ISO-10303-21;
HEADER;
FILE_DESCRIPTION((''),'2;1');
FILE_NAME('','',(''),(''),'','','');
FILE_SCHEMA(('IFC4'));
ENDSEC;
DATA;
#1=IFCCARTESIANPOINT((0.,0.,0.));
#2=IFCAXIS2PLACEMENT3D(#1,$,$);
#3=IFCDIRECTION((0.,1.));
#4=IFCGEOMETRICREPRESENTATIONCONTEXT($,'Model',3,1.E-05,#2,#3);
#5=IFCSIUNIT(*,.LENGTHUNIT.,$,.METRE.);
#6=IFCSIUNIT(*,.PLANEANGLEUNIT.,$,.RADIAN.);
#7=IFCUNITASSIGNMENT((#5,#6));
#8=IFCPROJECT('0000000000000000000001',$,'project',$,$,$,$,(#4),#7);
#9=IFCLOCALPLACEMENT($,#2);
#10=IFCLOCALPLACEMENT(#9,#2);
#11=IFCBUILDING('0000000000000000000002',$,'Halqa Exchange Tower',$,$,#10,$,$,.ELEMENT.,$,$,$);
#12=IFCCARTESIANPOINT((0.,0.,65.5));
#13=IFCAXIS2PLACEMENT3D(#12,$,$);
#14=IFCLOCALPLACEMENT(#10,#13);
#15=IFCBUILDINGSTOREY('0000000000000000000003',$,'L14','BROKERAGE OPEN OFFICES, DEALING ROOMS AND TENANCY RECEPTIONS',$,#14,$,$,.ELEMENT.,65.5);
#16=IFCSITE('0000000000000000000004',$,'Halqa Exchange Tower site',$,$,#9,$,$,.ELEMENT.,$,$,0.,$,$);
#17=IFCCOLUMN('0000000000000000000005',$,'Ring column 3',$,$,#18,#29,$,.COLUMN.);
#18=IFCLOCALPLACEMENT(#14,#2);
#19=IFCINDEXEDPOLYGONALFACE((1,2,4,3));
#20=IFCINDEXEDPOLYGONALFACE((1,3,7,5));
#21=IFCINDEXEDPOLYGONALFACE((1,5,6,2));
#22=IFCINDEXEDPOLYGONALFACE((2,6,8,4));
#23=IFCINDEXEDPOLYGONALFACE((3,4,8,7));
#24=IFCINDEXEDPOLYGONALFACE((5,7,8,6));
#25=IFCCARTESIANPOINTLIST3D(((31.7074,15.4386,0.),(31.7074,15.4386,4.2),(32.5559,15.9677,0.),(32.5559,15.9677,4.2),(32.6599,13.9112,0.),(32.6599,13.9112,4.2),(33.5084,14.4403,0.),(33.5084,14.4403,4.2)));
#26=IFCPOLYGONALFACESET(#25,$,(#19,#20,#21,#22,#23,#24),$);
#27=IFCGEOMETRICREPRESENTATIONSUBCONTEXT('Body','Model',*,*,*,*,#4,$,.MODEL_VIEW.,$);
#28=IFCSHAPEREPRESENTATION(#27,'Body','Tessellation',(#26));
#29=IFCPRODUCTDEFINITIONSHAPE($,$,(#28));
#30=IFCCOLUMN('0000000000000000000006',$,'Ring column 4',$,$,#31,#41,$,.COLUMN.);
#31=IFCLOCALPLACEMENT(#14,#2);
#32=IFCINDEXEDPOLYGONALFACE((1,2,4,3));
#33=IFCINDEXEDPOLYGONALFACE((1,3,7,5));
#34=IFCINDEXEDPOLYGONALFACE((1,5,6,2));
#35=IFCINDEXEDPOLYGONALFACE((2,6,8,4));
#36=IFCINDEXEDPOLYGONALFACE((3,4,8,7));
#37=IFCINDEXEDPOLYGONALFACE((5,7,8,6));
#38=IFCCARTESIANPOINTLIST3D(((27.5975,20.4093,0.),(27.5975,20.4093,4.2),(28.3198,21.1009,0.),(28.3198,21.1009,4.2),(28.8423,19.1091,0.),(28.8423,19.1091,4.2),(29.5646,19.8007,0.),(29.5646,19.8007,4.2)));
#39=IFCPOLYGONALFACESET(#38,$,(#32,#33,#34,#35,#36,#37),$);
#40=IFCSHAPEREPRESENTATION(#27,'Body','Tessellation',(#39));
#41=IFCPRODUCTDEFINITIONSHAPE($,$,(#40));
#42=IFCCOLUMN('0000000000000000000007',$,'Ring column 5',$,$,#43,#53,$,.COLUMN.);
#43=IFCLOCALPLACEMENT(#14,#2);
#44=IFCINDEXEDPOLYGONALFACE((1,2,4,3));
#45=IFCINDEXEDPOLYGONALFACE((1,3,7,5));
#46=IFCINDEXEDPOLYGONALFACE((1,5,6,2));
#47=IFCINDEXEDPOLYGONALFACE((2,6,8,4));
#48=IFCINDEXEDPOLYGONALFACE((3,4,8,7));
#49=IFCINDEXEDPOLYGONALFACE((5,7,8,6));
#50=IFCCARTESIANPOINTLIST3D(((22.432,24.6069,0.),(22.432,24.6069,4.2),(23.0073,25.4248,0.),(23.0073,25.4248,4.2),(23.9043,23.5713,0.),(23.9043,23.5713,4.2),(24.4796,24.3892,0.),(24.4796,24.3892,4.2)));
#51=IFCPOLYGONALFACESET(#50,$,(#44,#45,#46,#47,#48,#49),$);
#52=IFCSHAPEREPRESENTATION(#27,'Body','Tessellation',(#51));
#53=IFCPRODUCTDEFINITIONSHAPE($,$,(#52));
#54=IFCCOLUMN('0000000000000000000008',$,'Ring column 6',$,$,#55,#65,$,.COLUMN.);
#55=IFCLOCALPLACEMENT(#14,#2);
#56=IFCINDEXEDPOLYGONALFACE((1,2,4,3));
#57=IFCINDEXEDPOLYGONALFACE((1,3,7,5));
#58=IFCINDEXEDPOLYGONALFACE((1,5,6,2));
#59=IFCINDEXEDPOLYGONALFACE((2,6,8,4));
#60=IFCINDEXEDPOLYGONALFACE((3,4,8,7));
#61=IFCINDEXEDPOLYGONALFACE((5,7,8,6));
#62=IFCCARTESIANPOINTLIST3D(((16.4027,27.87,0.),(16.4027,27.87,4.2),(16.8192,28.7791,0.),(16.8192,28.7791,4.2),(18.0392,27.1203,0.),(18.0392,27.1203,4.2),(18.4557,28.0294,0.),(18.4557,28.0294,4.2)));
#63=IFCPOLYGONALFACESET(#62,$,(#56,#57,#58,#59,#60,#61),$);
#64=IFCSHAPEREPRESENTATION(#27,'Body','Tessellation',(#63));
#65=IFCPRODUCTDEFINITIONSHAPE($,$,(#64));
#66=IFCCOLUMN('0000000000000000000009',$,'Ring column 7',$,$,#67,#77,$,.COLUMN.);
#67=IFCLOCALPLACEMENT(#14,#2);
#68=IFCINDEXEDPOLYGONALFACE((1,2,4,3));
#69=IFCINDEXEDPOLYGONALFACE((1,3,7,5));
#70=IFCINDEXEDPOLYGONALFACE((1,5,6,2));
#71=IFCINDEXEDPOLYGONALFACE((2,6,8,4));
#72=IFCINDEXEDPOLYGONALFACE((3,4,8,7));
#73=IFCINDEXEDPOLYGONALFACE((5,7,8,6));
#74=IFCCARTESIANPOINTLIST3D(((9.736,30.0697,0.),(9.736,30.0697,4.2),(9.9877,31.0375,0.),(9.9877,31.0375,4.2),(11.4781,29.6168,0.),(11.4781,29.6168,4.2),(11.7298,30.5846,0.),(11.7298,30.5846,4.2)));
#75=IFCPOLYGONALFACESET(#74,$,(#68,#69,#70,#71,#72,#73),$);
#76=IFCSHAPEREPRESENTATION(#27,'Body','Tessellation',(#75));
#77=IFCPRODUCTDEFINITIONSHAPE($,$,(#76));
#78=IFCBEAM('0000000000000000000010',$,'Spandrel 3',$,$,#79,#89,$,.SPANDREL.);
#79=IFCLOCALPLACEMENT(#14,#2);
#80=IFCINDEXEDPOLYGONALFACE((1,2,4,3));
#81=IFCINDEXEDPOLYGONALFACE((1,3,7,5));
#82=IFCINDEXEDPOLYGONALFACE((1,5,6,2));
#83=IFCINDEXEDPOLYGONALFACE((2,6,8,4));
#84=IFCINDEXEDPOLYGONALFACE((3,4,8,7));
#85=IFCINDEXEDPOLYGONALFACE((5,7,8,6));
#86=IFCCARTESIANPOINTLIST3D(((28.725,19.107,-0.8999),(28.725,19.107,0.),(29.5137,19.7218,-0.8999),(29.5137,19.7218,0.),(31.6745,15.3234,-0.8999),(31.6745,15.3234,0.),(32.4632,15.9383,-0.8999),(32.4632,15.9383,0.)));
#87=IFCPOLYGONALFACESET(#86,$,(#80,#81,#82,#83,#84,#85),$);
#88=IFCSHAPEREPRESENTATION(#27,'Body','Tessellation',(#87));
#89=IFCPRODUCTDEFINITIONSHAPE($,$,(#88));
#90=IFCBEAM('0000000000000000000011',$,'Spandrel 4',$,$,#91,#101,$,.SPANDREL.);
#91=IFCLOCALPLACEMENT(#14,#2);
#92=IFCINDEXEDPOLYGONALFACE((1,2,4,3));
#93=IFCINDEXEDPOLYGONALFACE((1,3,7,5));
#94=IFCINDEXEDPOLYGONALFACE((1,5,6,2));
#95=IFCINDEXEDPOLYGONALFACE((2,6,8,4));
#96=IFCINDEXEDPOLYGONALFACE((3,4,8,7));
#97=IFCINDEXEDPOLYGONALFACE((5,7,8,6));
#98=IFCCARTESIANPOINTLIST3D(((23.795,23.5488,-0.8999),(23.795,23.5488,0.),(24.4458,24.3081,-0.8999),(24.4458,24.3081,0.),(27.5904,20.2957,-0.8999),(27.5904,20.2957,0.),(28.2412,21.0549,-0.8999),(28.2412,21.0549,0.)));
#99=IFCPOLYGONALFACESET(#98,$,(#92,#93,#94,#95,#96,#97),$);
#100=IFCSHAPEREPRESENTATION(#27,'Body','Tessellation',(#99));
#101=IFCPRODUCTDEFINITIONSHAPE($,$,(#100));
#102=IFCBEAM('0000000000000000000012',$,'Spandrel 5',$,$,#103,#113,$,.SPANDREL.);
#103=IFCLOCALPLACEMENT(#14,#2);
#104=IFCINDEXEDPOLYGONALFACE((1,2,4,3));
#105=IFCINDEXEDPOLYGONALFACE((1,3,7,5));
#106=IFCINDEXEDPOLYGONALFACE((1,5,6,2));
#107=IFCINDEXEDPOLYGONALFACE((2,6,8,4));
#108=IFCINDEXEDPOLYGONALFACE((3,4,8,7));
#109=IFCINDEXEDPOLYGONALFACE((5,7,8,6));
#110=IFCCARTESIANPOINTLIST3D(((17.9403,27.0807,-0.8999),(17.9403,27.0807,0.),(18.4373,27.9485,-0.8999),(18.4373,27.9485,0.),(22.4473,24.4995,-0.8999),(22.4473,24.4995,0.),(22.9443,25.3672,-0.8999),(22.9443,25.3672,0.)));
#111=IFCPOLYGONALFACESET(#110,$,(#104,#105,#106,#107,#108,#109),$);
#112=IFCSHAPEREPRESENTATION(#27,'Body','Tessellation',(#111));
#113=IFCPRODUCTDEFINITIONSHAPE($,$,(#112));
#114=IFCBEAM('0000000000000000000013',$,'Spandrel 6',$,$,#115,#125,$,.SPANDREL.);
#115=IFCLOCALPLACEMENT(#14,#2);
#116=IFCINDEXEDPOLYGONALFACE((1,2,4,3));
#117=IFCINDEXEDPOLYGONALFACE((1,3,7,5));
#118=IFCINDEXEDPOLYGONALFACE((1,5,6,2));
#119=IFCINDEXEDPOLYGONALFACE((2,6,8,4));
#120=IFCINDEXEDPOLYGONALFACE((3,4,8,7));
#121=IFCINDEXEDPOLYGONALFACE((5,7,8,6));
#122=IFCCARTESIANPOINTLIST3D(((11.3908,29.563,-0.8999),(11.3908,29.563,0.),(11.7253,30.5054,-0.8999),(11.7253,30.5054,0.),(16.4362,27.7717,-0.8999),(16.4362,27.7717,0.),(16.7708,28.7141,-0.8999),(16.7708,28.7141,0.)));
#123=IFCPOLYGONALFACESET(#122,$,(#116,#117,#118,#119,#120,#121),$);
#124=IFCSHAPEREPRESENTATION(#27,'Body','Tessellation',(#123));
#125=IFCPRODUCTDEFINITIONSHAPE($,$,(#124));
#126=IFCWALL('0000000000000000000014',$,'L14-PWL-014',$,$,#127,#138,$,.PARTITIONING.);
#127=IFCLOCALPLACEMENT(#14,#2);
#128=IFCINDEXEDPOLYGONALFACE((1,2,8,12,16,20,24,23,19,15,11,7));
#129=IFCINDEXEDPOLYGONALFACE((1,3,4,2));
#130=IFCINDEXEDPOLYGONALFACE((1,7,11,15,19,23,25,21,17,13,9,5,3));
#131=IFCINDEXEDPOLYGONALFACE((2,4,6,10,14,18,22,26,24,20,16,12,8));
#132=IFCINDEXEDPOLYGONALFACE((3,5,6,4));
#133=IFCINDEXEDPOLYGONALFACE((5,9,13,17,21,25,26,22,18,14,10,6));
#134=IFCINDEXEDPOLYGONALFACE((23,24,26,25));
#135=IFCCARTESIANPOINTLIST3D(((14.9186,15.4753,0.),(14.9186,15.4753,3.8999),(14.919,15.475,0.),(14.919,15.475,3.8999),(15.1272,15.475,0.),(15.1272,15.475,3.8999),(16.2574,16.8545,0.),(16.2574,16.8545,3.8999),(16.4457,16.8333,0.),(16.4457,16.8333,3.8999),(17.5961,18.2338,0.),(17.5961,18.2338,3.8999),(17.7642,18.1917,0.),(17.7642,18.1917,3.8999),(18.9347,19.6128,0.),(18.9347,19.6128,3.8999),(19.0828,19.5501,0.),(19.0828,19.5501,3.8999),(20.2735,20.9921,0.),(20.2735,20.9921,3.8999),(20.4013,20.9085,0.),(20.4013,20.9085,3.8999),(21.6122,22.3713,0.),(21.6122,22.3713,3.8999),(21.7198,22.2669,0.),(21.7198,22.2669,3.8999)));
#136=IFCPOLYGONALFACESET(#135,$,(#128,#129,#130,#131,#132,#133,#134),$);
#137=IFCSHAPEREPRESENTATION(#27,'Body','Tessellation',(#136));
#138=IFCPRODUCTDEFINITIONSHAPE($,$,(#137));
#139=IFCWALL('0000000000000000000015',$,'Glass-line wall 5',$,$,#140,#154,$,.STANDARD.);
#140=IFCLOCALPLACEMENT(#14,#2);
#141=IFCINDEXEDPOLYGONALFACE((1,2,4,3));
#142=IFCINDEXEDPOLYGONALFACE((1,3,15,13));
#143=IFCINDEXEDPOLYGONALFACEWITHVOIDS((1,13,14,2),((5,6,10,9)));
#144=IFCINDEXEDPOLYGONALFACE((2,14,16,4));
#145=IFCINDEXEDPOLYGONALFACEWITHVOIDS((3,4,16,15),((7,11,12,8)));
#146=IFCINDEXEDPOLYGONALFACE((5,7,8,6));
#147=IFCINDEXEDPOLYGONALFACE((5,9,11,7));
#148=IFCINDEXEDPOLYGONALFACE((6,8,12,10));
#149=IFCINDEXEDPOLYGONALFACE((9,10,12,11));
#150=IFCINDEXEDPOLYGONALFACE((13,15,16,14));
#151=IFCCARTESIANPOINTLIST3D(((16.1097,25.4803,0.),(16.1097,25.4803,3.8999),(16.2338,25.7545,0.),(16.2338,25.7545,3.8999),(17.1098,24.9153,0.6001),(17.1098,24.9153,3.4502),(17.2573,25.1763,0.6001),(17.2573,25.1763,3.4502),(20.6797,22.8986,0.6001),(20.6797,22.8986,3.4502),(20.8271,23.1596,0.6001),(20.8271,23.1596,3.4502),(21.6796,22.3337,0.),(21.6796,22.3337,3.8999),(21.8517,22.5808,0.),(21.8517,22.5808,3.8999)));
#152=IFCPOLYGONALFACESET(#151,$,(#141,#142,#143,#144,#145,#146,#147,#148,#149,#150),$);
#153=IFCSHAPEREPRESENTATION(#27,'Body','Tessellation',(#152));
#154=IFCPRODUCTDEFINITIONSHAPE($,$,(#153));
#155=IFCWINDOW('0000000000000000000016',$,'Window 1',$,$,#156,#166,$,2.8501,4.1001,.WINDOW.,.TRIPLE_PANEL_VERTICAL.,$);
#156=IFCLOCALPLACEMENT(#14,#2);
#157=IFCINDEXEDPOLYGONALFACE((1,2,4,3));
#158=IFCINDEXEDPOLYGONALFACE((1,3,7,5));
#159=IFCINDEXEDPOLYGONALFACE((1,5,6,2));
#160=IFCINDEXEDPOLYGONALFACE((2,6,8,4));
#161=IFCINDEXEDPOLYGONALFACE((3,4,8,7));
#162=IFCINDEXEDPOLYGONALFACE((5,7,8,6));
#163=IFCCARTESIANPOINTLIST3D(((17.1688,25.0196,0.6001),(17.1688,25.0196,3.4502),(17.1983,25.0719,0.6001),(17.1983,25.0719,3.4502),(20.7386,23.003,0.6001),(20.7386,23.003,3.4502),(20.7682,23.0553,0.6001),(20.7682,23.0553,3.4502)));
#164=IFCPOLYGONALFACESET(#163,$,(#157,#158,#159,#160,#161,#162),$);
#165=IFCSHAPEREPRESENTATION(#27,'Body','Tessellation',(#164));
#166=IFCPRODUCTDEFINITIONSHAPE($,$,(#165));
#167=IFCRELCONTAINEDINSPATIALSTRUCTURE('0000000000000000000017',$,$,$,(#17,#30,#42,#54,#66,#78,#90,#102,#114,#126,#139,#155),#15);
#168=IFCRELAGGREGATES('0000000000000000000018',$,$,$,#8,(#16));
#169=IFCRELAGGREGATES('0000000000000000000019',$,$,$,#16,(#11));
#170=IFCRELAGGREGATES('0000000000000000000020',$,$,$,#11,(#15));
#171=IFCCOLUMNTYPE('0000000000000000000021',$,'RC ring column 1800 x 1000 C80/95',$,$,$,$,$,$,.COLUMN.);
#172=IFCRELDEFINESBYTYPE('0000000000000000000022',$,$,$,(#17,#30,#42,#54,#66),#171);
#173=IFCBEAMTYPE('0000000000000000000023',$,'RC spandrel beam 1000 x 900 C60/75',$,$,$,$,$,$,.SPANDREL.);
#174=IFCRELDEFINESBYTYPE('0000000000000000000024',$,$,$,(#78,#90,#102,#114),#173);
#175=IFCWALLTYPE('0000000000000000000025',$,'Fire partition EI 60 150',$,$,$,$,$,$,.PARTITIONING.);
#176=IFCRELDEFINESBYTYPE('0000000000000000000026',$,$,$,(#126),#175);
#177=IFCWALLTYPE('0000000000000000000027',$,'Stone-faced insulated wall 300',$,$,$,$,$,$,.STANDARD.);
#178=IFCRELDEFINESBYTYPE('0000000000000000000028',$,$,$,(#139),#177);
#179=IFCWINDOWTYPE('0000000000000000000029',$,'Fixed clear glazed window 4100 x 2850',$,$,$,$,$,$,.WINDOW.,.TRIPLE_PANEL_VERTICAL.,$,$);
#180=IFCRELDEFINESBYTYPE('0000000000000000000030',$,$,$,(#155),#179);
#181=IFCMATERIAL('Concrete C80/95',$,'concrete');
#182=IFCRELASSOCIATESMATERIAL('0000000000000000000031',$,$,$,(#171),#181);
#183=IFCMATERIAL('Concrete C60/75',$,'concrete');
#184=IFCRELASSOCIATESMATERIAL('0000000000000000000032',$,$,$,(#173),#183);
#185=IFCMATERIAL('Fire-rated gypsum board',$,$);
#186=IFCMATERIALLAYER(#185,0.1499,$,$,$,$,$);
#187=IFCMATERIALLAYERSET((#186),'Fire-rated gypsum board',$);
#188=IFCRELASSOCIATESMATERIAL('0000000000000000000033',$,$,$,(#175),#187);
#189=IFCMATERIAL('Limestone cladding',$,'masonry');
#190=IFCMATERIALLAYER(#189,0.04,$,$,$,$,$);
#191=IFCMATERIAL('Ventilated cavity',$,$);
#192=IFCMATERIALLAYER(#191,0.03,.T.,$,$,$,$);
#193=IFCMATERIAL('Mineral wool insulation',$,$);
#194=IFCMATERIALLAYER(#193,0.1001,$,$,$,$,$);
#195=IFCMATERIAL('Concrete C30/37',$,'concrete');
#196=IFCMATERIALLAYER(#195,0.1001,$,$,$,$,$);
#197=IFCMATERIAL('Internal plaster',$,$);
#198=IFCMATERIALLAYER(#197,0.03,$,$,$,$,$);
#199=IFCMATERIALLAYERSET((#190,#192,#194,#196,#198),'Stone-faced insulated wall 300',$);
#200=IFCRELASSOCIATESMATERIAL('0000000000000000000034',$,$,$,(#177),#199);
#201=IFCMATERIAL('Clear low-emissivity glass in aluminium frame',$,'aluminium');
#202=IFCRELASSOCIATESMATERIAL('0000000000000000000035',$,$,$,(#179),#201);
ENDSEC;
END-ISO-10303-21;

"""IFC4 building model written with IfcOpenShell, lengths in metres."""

from ifc_helpers import new_model, si_unit, direction, frame, frame_2d, origin, origin_2d, place, context, subcontext, project, spatial, polyline, rectangle, outline, extrude, material, layer, layer_set, material_profile, profile_set, type_object, element, fill, save


model = new_model("IFC4")

# Units and contexts
model_context = context("Model", 3, precision=1e-05, world=origin(), true_north=direction((0.0, 1.0)))
body_context = subcontext(model_context, "Body", "Model", "MODEL_VIEW")
ifc_project = project(units=[si_unit("LENGTHUNIT", "METRE"), si_unit("PLANEANGLEUNIT", "RADIAN")], contexts=[model_context])

# Site, building, storey
site_placement = place(None, origin())
site = spatial("IfcSite", under=ifc_project, at=site_placement, Name="Halqa Exchange Tower site", CompositionType="ELEMENT", RefElevation=0.0)
building_placement = place(site_placement, origin())
building = spatial("IfcBuilding", under=site, at=building_placement, Name="Halqa Exchange Tower", CompositionType="ELEMENT")
storey_placement = place(building_placement, frame((0.0, 0.0, 65.5)))
storey = spatial("IfcBuildingStorey", under=building, at=storey_placement, Name="L14", Description="BROKERAGE OPEN OFFICES, DEALING ROOMS AND TENANCY RECEPTIONS", CompositionType="ELEMENT", Elevation=65.5)

# Columns
ifc_material_1 = material(Name="Concrete C80/95", Category="concrete")
ifc_material_profile_1 = material_profile(ifc_material_1, rectangle(XDim=1.8, YDim=1.0, at=origin_2d()), Name="1800 x 1000")
ifc_profile_set_1 = profile_set([ifc_material_profile_1], Name="Concrete C80/95")
column_type = type_object("IfcColumnType", Name="RC ring column 1800 x 1000 C80/95", PredefinedType="COLUMN", material=ifc_profile_set_1)
for number, where, z_axis, x_axis, name in (
    (1, (32.6079, 14.9395, 0.0), (0.0, 0.0, 1.0), (-0.529139, 0.848535, 0.0), "Ring column 3"),
    (2, (28.5811, 20.105, 0.0), (0.0, 0.0, 1.0), (-0.691577, 0.722302, 0.0), "Ring column 4"),
    (3, (23.4558, 24.498, 0.0), (0.0, 0.0, 1.0), (-0.817909, 0.575348, 0.0), "Ring column 5"),
    (4, (17.4292, 27.9497, 0.0), (0.0, 0.0, 1.0), (-0.909126, 0.41652, 0.0), "Ring column 6"),
    (5, (10.7329, 30.3271, 0.0), (0.0, 0.0, 1.0), (-0.96782, 0.251644, 0.0), "Ring column 7"),
):
    element("IfcColumn", number, at=place(storey_placement, frame(where, z_axis=z_axis, x_axis=x_axis)), inside=storey, type_object=column_type, Name=name, PredefinedType="COLUMN", context=body_context, shape_type="SweptSolid", body=[
        extrude(rectangle(XDim=1.8, YDim=1.0, at=origin_2d()), origin(), (0.0, 0.0, 1.0), 4.2),
    ])

# Beams
ifc_material_2 = material(Name="Concrete C60/75", Category="concrete")
ifc_material_profile_2 = material_profile(ifc_material_2, rectangle(XDim=1.0, YDim=0.8999, at=origin_2d()), Name="1000 x 900")
ifc_profile_set_2 = profile_set([ifc_material_profile_2], Name="Concrete C60/75")
beam_type = type_object("IfcBeamType", Name="RC spandrel beam 1000 x 900 C60/75", PredefinedType="SPANDREL", material=ifc_profile_set_2)
beam_1_placement = place(storey_placement, frame((32.0688, 15.6309, -0.45), z_axis=(-0.614821, 0.788667, 0.0), x_axis=(-0.788667, -0.614821, 0.0)))
element("IfcBeam", 6, at=beam_1_placement, inside=storey, type_object=beam_type, Name="Spandrel 3", PredefinedType="SPANDREL", context=body_context, shape_type="SweptSolid", body=[
    extrude(rectangle(XDim=1.0, YDim=0.8999, at=origin_2d()), origin(), (0.0, 0.0, 1.0), 4.7974),
])
beam_2_placement = place(storey_placement, frame((27.9158, 20.6753, -0.45), z_axis=(-0.75926, 0.650787, 0.0), x_axis=(-0.650787, -0.75926, 0.0)))
element("IfcBeam", 7, at=beam_2_placement, inside=storey, type_object=beam_type, Name="Spandrel 4", PredefinedType="SPANDREL", context=body_context, shape_type="SweptSolid", body=[
    extrude(rectangle(XDim=1.0, YDim=0.8999, at=origin_2d()), origin(), (0.0, 0.0, 1.0), 4.9988),
])
beam_3_placement = place(storey_placement, frame((22.6958, 24.9333, -0.45), z_axis=(-0.86776, 0.496984, 0.0), x_axis=(-0.496984, -0.86776, 0.0)))
element("IfcBeam", 8, at=beam_3_placement, inside=storey, type_object=beam_type, Name="Spandrel 5", PredefinedType="SPANDREL", context=body_context, shape_type="SweptSolid", body=[
    extrude(rectangle(XDim=1.0, YDim=0.8999, at=origin_2d()), origin(), (0.0, 0.0, 1.0), 5.1938),
])
beam_4_placement = place(storey_placement, frame((16.6035, 28.2429, -0.45), z_axis=(-0.942372, 0.334568, 0.0), x_axis=(-0.334568, -0.942372, 0.0)))
element("IfcBeam", 9, at=beam_4_placement, inside=storey, type_object=beam_type, Name="Spandrel 6", PredefinedType="SPANDREL", context=body_context, shape_type="SweptSolid", body=[
    extrude(rectangle(XDim=1.0, YDim=0.8999, at=origin_2d()), origin(), (0.0, 0.0, 1.0), 5.354),
])

# Wall
ifc_material_3 = material(Name="Fire-rated gypsum board")
ifc_layer_1 = layer(ifc_material_3, 0.1499)
ifc_layer_set_1 = layer_set([ifc_layer_1], Name="Fire-rated gypsum board")
wall_type_1 = type_object("IfcWallType", Name="Fire partition EI 60 150", PredefinedType="PARTITIONING", material=ifc_layer_set_1)
wall_1_placement = place(storey_placement, frame((14.9724, 15.4231, 0.0), z_axis=(0.0, 0.0, 1.0), x_axis=(0.696498, 0.717558, 0.0)))
element("IfcWall", 10, at=wall_1_placement, inside=storey, type_object=wall_type_1, Name="L14-PWL-014", PredefinedType="PARTITIONING", context=body_context, shape_type="SweptSolid", body=[
    extrude(outline(polyline([(0.0, 0.075), (0.0, 0.0745), (0.145, -0.075), (2.0381, -0.075), (3.9312, -0.075), (5.8242, -0.075), (7.7173, -0.075), (9.6104, -0.075), (9.6104, 0.075), (7.6882, 0.075), (5.7661, 0.075), (3.8442, 0.075), (1.9221, 0.075), (0.0, 0.075)])), origin(), (0.0, 0.0, 1.0), 3.8999),
])

# Shared definitions
ifc_material_4 = material(Name="Limestone cladding", Category="masonry")
ifc_layer_2 = layer(ifc_material_4, 0.04)
ifc_material_5 = material(Name="Ventilated cavity")
ifc_layer_3 = layer(ifc_material_5, 0.03, ventilated=True)
ifc_material_6 = material(Name="Mineral wool insulation")
ifc_layer_4 = layer(ifc_material_6, 0.1001)
ifc_material_7 = material(Name="Concrete C30/37", Category="concrete")
ifc_layer_5 = layer(ifc_material_7, 0.1001)
ifc_material_8 = material(Name="Internal plaster")
ifc_layer_6 = layer(ifc_material_8, 0.03)
ifc_layer_set_2 = layer_set([ifc_layer_2, ifc_layer_3, ifc_layer_4, ifc_layer_5, ifc_layer_6], Name="Stone-faced insulated wall 300")
wall_type_2 = type_object("IfcWallType", Name="Stone-faced insulated wall 300", PredefinedType="STANDARD", material=ifc_layer_set_2)
ifc_material_9 = material(Name="Clear low-emissivity glass in aluminium frame", Category="aluminium")

# Wall, opening, window
wall_2_placement = place(storey_placement, frame((21.7656, 22.4573, 0.0), z_axis=(0.0, 0.0, 1.0), x_axis=(-0.870674, 0.491861, 0.0)))
wall_2 = element("IfcWall", 11, at=wall_2_placement, inside=storey, type_object=wall_type_2, Name="Glass-line wall 5", PredefinedType="STANDARD", context=body_context, shape_type="SweptSolid", body=[
    extrude(outline(polyline([(-0.0142, -0.1499), (6.4382, -0.1499), (6.4114, 0.1499), (0.0142, 0.1499), (-0.0142, -0.1499)])), origin(), (0.0, 0.0, 1.0), 3.8999),
])
opening_1_placement = place(wall_2_placement, frame((1.1626, 0.0, 0.6001)))
opening_1 = element("IfcOpeningElement", 12, at=opening_1_placement, cuts=wall_2, PredefinedType="OPENING", context=body_context, shape_type="SweptSolid", body=[
    extrude(rectangle(XDim=4.1001, YDim=2.8501, at=frame_2d((2.05, 1.425))), frame((0.0, 0.1621, 0.0), z_axis=(0.0, -1.0, 0.0), x_axis=(1.0, 0.0, 0.0)), (0.0, 0.0, 1.0), 0.324),
])
window_type = type_object("IfcWindowType", Name="Fixed clear glazed window 4100 x 2850", PartitioningType="TRIPLE_PANEL_VERTICAL", PredefinedType="WINDOW", material=ifc_material_9)
window_1_placement = place(opening_1_placement, origin())
window_1 = element("IfcWindow", 13, at=window_1_placement, inside=storey, type_object=window_type, Name="Window 1", OverallHeight=2.8501, OverallWidth=4.1001, PartitioningType="TRIPLE_PANEL_VERTICAL", PredefinedType="WINDOW", context=body_context, shape_type="SweptSolid", body=[
    extrude(rectangle(XDim=4.1001, YDim=2.8501, at=frame_2d((2.05, 1.425))), frame((0.0, 0.03, 0.0), z_axis=(0.0, -1.0, 0.0), x_axis=(1.0, 0.0, 0.0)), (0.0, 0.0, 1.0), 0.0601),
])
fill(opening_1, window_1)

save(model, "model.ifc")
